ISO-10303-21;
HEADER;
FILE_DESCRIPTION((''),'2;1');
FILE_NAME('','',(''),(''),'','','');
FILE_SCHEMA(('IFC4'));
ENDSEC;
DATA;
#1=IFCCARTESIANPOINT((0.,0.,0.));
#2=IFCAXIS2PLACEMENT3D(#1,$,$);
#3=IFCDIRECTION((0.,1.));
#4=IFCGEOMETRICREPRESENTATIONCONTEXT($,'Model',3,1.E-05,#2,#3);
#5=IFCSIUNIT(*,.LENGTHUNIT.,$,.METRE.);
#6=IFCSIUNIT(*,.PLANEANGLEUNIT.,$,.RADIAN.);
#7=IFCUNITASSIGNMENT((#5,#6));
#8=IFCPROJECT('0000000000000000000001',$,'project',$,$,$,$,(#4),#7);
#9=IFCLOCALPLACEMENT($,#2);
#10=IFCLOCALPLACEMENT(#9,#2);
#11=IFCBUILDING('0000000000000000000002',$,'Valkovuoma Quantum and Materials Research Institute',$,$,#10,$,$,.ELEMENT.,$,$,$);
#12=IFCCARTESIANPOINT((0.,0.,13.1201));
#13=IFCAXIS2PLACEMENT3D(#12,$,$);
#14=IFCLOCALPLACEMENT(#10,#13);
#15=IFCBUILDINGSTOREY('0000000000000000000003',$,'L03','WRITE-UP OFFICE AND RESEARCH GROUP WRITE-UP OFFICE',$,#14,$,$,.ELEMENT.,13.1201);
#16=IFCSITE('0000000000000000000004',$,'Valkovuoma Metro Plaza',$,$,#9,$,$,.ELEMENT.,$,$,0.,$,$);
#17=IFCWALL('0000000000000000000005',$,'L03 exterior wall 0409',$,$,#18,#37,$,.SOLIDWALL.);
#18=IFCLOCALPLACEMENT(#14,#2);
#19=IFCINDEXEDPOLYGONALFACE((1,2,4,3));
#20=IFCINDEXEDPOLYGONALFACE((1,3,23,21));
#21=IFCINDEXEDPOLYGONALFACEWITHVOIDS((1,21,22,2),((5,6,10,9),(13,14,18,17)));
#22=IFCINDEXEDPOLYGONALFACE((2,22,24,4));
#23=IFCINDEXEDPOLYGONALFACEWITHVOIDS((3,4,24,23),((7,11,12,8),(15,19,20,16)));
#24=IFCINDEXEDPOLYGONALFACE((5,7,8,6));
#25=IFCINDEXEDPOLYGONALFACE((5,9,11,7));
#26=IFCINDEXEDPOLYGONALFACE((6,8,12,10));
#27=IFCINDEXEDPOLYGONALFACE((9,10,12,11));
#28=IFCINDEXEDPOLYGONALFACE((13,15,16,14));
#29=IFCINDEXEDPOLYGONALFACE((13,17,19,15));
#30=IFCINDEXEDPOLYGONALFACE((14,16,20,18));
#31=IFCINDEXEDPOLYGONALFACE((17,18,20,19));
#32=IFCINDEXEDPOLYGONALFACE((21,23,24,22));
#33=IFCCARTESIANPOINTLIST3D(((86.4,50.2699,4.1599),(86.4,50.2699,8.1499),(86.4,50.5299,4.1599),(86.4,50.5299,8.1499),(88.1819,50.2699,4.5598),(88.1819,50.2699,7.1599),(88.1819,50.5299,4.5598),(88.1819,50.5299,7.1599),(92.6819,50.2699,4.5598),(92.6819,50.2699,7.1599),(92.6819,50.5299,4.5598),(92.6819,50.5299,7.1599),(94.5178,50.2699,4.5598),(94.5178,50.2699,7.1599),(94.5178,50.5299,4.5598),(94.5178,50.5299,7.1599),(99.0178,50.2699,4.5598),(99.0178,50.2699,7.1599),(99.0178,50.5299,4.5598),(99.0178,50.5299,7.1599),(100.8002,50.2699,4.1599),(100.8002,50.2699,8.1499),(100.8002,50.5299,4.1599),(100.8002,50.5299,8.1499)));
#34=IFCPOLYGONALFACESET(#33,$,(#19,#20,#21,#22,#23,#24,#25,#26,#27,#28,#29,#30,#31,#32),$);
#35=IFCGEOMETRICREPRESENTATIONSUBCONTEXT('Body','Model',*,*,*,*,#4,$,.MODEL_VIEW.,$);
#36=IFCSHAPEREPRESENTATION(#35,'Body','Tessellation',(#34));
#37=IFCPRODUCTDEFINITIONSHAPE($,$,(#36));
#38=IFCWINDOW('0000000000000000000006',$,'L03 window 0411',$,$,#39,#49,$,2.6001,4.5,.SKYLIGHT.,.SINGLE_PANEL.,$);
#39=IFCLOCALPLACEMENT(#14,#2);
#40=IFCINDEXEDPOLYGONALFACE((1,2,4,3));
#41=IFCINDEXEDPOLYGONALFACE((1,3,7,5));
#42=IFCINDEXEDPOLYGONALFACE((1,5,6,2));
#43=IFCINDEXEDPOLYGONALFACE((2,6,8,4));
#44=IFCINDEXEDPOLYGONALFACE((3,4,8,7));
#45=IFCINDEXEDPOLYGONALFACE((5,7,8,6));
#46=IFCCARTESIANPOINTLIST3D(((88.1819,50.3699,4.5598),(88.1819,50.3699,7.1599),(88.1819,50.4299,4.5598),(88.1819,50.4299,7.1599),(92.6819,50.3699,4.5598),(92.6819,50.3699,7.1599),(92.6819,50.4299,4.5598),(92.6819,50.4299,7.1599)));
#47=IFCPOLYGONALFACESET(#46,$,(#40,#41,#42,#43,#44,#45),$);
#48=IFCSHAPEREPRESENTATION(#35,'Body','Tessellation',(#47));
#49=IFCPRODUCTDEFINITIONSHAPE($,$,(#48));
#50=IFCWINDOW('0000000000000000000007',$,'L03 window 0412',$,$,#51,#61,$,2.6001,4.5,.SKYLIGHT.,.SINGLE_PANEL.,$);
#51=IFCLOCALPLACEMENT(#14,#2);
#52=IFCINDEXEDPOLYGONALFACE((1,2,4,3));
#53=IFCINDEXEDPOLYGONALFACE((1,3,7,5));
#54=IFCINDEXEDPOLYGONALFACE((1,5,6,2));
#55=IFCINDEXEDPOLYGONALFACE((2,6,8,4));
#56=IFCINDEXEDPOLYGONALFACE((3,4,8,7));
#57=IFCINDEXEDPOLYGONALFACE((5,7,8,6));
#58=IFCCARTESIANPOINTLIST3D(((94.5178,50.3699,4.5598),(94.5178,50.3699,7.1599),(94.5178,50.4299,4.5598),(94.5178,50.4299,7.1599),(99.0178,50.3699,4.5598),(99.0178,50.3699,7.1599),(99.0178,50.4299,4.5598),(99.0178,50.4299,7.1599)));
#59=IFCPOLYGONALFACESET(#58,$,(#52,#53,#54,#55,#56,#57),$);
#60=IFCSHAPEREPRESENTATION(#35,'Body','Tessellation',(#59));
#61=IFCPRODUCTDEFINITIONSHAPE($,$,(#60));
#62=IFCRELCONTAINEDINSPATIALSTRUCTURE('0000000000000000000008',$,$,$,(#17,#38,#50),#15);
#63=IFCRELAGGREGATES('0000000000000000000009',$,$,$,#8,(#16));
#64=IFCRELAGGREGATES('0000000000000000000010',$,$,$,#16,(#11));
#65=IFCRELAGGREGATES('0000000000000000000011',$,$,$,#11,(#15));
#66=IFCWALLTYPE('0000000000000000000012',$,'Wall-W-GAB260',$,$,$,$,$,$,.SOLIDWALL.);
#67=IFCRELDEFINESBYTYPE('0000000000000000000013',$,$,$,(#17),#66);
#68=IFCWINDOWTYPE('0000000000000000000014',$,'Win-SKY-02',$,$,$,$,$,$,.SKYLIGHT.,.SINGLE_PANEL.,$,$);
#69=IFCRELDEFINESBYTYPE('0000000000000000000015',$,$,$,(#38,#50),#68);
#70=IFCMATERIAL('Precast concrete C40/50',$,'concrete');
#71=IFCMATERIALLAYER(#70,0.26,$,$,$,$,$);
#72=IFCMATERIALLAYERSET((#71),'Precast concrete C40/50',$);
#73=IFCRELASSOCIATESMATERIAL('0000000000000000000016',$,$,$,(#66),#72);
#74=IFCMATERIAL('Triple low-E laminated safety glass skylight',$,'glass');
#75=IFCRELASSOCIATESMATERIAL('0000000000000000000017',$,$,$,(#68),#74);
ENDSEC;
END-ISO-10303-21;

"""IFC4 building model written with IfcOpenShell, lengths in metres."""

from ifc_helpers import new_model, si_unit, direction, frame, frame_2d, origin, place, context, subcontext, project, spatial, rectangle, extrude, material, layer, layer_set, type_object, element, fill, save


model = new_model("IFC4")

# Units and contexts
model_context = context("Model", 3, precision=1e-05, world=origin(), true_north=direction((0.0, 1.0)))
body_context = subcontext(model_context, "Body", "Model", "MODEL_VIEW")
ifc_project = project(units=[si_unit("LENGTHUNIT", "METRE"), si_unit("PLANEANGLEUNIT", "RADIAN")], contexts=[model_context])

# Site, building, storey
site_placement = place(None, origin())
site = spatial("IfcSite", under=ifc_project, at=site_placement, Name="Valkovuoma Metro Plaza", CompositionType="ELEMENT", RefElevation=0.0)
building_placement = place(site_placement, origin())
building = spatial("IfcBuilding", under=site, at=building_placement, Name="Valkovuoma Quantum and Materials Research Institute", CompositionType="ELEMENT")
storey_placement = place(building_placement, frame((0.0, 0.0, 13.1201)))
storey = spatial("IfcBuildingStorey", under=building, at=storey_placement, Name="L03", Description="WRITE-UP OFFICE AND RESEARCH GROUP WRITE-UP OFFICE", CompositionType="ELEMENT", Elevation=13.1201)

# Wall, openings, windows
ifc_material_1 = material(Name="Precast concrete C40/50", Category="concrete")
ifc_layer_1 = layer(ifc_material_1, 0.26)
ifc_layer_set_1 = layer_set([ifc_layer_1], Name="Precast concrete C40/50")
wall_type = type_object("IfcWallType", Name="Wall-W-GAB260", PredefinedType="SOLIDWALL", material=ifc_layer_set_1)
wall_1_placement = place(storey_placement, frame((86.3999, 50.3999, 4.1599), z_axis=(0.0, 0.0, 1.0), x_axis=(1.0, 0.0, 0.0)))
wall_1 = element("IfcWall", 1, at=wall_1_placement, inside=storey, type_object=wall_type, Name="L03 exterior wall 0409", PredefinedType="SOLIDWALL", context=body_context, shape_type="SweptSolid", body=[
    extrude(rectangle(XDim=14.4001, YDim=0.26, at=frame_2d((7.2002, 0.0))), origin(), (0.0, 0.0, 1.0), 3.99),
])
opening_1_placement = place(wall_1_placement, frame((1.782, 0.0, 0.3999)))
opening_1 = element("IfcOpeningElement", 2, at=opening_1_placement, cuts=wall_1, PredefinedType="OPENING", context=body_context, shape_type="SweptSolid", body=[
    extrude(rectangle(XDim=4.5, YDim=2.6001, at=frame_2d((2.25, 1.3))), frame((0.0, 0.1401, 0.0), z_axis=(0.0, -1.0, 0.0), x_axis=(1.0, 0.0, 0.0)), (0.0, 0.0, 1.0), 0.28),
])
opening_2_placement = place(wall_1_placement, frame((8.1179, 0.0, 0.3999)))
opening_2 = element("IfcOpeningElement", 3, at=opening_2_placement, cuts=wall_1, PredefinedType="OPENING", context=body_context, shape_type="SweptSolid", body=[
    extrude(rectangle(XDim=4.5, YDim=2.6001, at=frame_2d((2.25, 1.3))), frame((0.0, 0.1401, 0.0), z_axis=(0.0, -1.0, 0.0), x_axis=(1.0, 0.0, 0.0)), (0.0, 0.0, 1.0), 0.28),
])
ifc_material_2 = material(Name="Triple low-E laminated safety glass skylight", Category="glass")
window_type_1 = type_object("IfcWindowType", Name="Win-SKY-02", PartitioningType="SINGLE_PANEL", PredefinedType="SKYLIGHT", material=ifc_material_2)
window_1_placement = place(opening_1_placement, origin())
window_1 = element("IfcWindow", 4, at=window_1_placement, inside=storey, type_object=window_type_1, Name="L03 window 0411", OverallHeight=2.6001, OverallWidth=4.5, PartitioningType="SINGLE_PANEL", PredefinedType="SKYLIGHT", context=body_context, shape_type="SweptSolid", body=[
    extrude(rectangle(XDim=4.5, YDim=2.6001, at=frame_2d((2.25, 1.3))), frame((0.0, 0.03, 0.0), z_axis=(0.0, -1.0, 0.0), x_axis=(1.0, 0.0, 0.0)), (0.0, 0.0, 1.0), 0.0601),
])
fill(opening_1, window_1)
window_2_placement = place(opening_2_placement, origin())
window_2 = element("IfcWindow", 5, at=window_2_placement, inside=storey, type_object=window_type_1, Name="L03 window 0412", OverallHeight=2.6001, OverallWidth=4.5, PartitioningType="SINGLE_PANEL", PredefinedType="SKYLIGHT", context=body_context, shape_type="SweptSolid", body=[
    extrude(rectangle(XDim=4.5, YDim=2.6001, at=frame_2d((2.25, 1.3))), frame((0.0, 0.03, 0.0), z_axis=(0.0, -1.0, 0.0), x_axis=(1.0, 0.0, 0.0)), (0.0, 0.0, 1.0), 0.0601),
])
fill(opening_2, window_2)

save(model, "model.ifc")
